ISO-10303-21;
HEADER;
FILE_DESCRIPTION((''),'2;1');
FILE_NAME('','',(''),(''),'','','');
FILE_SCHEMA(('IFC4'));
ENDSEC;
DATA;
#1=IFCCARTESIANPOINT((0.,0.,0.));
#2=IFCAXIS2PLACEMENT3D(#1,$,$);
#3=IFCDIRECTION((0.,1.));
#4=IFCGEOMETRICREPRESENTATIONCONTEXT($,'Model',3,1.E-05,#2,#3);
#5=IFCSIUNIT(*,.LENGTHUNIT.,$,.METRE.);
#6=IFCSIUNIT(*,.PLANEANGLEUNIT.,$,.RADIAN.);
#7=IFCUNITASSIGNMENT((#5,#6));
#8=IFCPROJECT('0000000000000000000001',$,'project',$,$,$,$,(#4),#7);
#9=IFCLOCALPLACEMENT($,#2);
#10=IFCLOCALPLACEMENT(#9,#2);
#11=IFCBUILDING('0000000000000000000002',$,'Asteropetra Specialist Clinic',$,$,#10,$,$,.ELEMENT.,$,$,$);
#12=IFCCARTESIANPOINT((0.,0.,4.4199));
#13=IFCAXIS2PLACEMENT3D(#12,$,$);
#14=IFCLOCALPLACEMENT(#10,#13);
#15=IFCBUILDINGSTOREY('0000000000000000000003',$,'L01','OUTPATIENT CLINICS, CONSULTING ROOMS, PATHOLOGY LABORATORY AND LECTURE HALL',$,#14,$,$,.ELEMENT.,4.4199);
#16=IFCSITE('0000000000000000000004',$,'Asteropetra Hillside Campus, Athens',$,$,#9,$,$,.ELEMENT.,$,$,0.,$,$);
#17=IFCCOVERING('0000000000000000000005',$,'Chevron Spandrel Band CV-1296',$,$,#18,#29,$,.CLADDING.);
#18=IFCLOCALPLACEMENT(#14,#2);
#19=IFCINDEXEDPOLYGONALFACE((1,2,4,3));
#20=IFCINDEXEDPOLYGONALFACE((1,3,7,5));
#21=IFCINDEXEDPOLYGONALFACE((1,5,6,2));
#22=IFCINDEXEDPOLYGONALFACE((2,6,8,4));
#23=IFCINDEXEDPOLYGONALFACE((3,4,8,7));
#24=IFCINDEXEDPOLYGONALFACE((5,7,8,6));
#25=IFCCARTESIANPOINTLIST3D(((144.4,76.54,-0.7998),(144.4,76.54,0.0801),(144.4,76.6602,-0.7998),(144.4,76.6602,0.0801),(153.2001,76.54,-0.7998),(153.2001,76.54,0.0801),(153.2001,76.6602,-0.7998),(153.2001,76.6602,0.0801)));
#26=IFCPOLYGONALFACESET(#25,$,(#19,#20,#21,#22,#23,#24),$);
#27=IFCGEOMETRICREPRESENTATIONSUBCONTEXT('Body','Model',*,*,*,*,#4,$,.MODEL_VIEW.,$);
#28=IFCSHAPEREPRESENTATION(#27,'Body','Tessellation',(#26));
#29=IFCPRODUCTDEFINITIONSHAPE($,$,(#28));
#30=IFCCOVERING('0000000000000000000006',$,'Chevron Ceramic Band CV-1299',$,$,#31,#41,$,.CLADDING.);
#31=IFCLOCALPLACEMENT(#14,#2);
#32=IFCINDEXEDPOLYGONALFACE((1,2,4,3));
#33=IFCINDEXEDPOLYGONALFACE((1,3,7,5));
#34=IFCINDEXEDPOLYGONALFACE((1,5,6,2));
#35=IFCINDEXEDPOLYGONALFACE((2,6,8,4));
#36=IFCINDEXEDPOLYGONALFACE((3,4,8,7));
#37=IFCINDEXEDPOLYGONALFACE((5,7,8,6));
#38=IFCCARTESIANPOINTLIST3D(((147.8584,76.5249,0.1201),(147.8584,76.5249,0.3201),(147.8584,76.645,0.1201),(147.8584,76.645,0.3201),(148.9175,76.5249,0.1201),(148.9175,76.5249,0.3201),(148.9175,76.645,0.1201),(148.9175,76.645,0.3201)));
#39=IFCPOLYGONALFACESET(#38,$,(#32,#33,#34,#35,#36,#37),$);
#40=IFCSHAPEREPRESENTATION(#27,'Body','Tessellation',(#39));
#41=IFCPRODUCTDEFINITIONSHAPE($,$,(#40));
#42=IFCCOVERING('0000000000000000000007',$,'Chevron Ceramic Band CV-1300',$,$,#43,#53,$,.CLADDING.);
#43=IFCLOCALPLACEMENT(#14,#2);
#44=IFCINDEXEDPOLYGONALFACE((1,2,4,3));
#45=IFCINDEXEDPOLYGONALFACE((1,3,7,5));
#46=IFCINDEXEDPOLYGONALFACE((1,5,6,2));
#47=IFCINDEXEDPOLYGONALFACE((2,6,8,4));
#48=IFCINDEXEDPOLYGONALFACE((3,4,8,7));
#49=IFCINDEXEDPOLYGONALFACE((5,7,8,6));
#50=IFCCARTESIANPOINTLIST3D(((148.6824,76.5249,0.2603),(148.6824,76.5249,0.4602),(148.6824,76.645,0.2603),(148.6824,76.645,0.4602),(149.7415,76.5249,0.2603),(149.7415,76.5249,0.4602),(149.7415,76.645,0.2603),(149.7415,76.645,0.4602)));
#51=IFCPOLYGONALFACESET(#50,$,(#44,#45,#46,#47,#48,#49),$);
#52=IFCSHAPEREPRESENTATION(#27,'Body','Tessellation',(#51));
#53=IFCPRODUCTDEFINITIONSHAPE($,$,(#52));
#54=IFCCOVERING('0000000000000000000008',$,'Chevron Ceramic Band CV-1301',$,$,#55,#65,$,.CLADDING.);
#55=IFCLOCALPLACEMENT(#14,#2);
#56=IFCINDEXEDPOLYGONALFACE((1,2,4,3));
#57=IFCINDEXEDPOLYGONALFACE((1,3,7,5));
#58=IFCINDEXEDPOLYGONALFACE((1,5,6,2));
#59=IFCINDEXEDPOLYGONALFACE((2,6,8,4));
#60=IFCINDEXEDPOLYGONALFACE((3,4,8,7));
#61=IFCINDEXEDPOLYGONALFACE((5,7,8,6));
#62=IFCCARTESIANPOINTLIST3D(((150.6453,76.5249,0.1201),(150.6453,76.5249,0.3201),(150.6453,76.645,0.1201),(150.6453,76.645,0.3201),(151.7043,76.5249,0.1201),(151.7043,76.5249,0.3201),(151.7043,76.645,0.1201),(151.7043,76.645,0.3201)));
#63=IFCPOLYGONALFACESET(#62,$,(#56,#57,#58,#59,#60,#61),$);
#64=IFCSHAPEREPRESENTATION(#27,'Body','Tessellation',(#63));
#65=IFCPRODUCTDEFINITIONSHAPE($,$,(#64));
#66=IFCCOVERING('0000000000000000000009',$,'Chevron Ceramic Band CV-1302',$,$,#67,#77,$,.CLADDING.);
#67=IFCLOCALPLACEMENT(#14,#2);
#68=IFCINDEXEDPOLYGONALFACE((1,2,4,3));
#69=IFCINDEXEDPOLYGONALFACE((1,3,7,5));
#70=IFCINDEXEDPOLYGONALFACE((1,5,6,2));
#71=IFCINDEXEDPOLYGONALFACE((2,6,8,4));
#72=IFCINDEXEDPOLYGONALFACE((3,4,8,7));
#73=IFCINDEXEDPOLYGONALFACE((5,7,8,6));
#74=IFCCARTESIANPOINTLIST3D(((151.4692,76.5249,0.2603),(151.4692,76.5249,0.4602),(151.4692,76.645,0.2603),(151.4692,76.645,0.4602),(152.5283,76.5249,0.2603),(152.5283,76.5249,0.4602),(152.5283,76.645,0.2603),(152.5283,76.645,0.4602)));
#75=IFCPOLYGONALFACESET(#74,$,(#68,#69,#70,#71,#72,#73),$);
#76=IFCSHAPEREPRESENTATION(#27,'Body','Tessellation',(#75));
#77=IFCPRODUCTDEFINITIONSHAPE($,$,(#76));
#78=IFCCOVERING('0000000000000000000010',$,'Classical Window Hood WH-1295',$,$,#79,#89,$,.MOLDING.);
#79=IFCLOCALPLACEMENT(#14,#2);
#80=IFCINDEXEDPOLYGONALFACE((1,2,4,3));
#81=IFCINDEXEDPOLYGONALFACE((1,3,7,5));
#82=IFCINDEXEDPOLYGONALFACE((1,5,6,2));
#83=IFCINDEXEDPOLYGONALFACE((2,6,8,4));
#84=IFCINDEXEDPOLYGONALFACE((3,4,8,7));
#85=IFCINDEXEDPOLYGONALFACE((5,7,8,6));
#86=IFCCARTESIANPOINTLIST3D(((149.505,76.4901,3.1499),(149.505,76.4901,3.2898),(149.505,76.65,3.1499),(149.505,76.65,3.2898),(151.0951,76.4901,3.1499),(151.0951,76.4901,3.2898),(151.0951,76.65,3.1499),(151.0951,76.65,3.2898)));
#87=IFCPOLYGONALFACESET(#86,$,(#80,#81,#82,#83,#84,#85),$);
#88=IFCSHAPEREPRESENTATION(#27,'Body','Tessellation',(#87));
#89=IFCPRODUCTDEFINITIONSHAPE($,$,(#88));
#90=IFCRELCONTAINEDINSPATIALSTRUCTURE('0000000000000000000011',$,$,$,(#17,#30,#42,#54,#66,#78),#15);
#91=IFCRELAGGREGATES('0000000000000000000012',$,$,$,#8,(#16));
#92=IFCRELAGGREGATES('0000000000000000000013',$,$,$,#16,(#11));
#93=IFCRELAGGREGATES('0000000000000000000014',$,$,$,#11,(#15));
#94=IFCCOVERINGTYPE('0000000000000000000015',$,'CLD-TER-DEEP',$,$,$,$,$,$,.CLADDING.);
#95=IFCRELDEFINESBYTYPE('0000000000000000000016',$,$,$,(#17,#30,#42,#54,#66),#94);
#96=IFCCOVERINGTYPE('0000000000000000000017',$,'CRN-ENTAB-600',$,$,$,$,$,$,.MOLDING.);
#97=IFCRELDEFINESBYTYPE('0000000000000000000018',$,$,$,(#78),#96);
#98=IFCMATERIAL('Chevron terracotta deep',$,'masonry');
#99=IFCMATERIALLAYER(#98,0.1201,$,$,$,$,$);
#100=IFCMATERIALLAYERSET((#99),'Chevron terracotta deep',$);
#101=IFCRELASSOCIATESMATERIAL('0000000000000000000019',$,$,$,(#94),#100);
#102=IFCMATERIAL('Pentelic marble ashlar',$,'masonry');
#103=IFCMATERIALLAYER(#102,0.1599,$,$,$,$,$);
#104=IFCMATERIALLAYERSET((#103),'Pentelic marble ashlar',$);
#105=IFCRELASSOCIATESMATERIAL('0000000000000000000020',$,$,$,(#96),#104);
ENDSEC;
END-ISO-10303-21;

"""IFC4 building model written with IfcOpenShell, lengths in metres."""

from ifc_helpers import new_model, si_unit, direction, frame, origin, origin_2d, place, context, subcontext, project, spatial, rectangle, extrude, material, layer, layer_set, type_object, element, save


model = new_model("IFC4")

# Units and contexts
model_context = context("Model", 3, precision=1e-05, world=origin(), true_north=direction((0.0, 1.0)))
body_context = subcontext(model_context, "Body", "Model", "MODEL_VIEW")
ifc_project = project(units=[si_unit("LENGTHUNIT", "METRE"), si_unit("PLANEANGLEUNIT", "RADIAN")], contexts=[model_context])

# Site, building, storey
site_placement = place(None, origin())
site = spatial("IfcSite", under=ifc_project, at=site_placement, Name="Asteropetra Hillside Campus, Athens", CompositionType="ELEMENT", RefElevation=0.0)
building_placement = place(site_placement, origin())
building = spatial("IfcBuilding", under=site, at=building_placement, Name="Asteropetra Specialist Clinic", CompositionType="ELEMENT")
storey_placement = place(building_placement, frame((0.0, 0.0, 4.4199)))
storey = spatial("IfcBuildingStorey", under=building, at=storey_placement, Name="L01", Description="OUTPATIENT CLINICS, CONSULTING ROOMS, PATHOLOGY LABORATORY AND LECTURE HALL", CompositionType="ELEMENT", Elevation=4.4199)

# Coverings
ifc_material_1 = material(Name="Chevron terracotta deep", Category="masonry")
ifc_layer_1 = layer(ifc_material_1, 0.1201)
ifc_layer_set_1 = layer_set([ifc_layer_1], Name="Chevron terracotta deep")
covering_type_1 = type_object("IfcCoveringType", Name="CLD-TER-DEEP", PredefinedType="CLADDING", material=ifc_layer_set_1)
covering_1_placement = place(storey_placement, frame((148.8, 76.6001, -0.7998), z_axis=(0.0, 0.0, 1.0), x_axis=(1.0, 0.0, 0.0)))
element("IfcCovering", 1, at=covering_1_placement, inside=storey, type_object=covering_type_1, Name="Chevron Spandrel Band CV-1296", PredefinedType="CLADDING", context=body_context, shape_type="SweptSolid", body=[
    extrude(rectangle(XDim=8.8, YDim=0.1201, at=origin_2d()), origin(), (0.0, 0.0, 1.0), 0.8799),
])
for number, where, z_axis, x_axis, name in (
    (2, (148.3879, 76.585, 0.1201), (0.0, 0.0, 1.0), (1.0, 0.0, 0.0), "Chevron Ceramic Band CV-1299"),
    (3, (149.2119, 76.585, 0.2603), (0.0, 0.0, 1.0), (1.0, 0.0, 0.0), "Chevron Ceramic Band CV-1300"),
    (4, (151.1748, 76.585, 0.1201), (0.0, 0.0, 1.0), (1.0, 0.0, 0.0), "Chevron Ceramic Band CV-1301"),
    (5, (151.9988, 76.585, 0.2603), (0.0, 0.0, 1.0), (1.0, 0.0, 0.0), "Chevron Ceramic Band CV-1302"),
):
    element("IfcCovering", number, at=place(storey_placement, frame(where, z_axis=z_axis, x_axis=x_axis)), inside=storey, type_object=covering_type_1, Name=name, PredefinedType="CLADDING", context=body_context, shape_type="SweptSolid", body=[
        extrude(rectangle(XDim=1.0591, YDim=0.1201, at=origin_2d()), origin(), (0.0, 0.0, 1.0), 0.2),
    ])
ifc_material_2 = material(Name="Pentelic marble ashlar", Category="masonry")
ifc_layer_2 = layer(ifc_material_2, 0.1599)
ifc_layer_set_2 = layer_set([ifc_layer_2], Name="Pentelic marble ashlar")
covering_type_2 = type_object("IfcCoveringType", Name="CRN-ENTAB-600", PredefinedType="MOLDING", material=ifc_layer_set_2)
covering_2_placement = place(storey_placement, frame((150.3, 76.5701, 3.1499), z_axis=(0.0, 0.0, 1.0), x_axis=(1.0, 0.0, 0.0)))
element("IfcCovering", 6, at=covering_2_placement, inside=storey, type_object=covering_type_2, Name="Classical Window Hood WH-1295", PredefinedType="MOLDING", context=body_context, shape_type="SweptSolid", body=[
    extrude(rectangle(XDim=1.5901, YDim=0.1599, at=origin_2d()), origin(), (0.0, 0.0, 1.0), 0.1399),
])

save(model, "model.ifc")
